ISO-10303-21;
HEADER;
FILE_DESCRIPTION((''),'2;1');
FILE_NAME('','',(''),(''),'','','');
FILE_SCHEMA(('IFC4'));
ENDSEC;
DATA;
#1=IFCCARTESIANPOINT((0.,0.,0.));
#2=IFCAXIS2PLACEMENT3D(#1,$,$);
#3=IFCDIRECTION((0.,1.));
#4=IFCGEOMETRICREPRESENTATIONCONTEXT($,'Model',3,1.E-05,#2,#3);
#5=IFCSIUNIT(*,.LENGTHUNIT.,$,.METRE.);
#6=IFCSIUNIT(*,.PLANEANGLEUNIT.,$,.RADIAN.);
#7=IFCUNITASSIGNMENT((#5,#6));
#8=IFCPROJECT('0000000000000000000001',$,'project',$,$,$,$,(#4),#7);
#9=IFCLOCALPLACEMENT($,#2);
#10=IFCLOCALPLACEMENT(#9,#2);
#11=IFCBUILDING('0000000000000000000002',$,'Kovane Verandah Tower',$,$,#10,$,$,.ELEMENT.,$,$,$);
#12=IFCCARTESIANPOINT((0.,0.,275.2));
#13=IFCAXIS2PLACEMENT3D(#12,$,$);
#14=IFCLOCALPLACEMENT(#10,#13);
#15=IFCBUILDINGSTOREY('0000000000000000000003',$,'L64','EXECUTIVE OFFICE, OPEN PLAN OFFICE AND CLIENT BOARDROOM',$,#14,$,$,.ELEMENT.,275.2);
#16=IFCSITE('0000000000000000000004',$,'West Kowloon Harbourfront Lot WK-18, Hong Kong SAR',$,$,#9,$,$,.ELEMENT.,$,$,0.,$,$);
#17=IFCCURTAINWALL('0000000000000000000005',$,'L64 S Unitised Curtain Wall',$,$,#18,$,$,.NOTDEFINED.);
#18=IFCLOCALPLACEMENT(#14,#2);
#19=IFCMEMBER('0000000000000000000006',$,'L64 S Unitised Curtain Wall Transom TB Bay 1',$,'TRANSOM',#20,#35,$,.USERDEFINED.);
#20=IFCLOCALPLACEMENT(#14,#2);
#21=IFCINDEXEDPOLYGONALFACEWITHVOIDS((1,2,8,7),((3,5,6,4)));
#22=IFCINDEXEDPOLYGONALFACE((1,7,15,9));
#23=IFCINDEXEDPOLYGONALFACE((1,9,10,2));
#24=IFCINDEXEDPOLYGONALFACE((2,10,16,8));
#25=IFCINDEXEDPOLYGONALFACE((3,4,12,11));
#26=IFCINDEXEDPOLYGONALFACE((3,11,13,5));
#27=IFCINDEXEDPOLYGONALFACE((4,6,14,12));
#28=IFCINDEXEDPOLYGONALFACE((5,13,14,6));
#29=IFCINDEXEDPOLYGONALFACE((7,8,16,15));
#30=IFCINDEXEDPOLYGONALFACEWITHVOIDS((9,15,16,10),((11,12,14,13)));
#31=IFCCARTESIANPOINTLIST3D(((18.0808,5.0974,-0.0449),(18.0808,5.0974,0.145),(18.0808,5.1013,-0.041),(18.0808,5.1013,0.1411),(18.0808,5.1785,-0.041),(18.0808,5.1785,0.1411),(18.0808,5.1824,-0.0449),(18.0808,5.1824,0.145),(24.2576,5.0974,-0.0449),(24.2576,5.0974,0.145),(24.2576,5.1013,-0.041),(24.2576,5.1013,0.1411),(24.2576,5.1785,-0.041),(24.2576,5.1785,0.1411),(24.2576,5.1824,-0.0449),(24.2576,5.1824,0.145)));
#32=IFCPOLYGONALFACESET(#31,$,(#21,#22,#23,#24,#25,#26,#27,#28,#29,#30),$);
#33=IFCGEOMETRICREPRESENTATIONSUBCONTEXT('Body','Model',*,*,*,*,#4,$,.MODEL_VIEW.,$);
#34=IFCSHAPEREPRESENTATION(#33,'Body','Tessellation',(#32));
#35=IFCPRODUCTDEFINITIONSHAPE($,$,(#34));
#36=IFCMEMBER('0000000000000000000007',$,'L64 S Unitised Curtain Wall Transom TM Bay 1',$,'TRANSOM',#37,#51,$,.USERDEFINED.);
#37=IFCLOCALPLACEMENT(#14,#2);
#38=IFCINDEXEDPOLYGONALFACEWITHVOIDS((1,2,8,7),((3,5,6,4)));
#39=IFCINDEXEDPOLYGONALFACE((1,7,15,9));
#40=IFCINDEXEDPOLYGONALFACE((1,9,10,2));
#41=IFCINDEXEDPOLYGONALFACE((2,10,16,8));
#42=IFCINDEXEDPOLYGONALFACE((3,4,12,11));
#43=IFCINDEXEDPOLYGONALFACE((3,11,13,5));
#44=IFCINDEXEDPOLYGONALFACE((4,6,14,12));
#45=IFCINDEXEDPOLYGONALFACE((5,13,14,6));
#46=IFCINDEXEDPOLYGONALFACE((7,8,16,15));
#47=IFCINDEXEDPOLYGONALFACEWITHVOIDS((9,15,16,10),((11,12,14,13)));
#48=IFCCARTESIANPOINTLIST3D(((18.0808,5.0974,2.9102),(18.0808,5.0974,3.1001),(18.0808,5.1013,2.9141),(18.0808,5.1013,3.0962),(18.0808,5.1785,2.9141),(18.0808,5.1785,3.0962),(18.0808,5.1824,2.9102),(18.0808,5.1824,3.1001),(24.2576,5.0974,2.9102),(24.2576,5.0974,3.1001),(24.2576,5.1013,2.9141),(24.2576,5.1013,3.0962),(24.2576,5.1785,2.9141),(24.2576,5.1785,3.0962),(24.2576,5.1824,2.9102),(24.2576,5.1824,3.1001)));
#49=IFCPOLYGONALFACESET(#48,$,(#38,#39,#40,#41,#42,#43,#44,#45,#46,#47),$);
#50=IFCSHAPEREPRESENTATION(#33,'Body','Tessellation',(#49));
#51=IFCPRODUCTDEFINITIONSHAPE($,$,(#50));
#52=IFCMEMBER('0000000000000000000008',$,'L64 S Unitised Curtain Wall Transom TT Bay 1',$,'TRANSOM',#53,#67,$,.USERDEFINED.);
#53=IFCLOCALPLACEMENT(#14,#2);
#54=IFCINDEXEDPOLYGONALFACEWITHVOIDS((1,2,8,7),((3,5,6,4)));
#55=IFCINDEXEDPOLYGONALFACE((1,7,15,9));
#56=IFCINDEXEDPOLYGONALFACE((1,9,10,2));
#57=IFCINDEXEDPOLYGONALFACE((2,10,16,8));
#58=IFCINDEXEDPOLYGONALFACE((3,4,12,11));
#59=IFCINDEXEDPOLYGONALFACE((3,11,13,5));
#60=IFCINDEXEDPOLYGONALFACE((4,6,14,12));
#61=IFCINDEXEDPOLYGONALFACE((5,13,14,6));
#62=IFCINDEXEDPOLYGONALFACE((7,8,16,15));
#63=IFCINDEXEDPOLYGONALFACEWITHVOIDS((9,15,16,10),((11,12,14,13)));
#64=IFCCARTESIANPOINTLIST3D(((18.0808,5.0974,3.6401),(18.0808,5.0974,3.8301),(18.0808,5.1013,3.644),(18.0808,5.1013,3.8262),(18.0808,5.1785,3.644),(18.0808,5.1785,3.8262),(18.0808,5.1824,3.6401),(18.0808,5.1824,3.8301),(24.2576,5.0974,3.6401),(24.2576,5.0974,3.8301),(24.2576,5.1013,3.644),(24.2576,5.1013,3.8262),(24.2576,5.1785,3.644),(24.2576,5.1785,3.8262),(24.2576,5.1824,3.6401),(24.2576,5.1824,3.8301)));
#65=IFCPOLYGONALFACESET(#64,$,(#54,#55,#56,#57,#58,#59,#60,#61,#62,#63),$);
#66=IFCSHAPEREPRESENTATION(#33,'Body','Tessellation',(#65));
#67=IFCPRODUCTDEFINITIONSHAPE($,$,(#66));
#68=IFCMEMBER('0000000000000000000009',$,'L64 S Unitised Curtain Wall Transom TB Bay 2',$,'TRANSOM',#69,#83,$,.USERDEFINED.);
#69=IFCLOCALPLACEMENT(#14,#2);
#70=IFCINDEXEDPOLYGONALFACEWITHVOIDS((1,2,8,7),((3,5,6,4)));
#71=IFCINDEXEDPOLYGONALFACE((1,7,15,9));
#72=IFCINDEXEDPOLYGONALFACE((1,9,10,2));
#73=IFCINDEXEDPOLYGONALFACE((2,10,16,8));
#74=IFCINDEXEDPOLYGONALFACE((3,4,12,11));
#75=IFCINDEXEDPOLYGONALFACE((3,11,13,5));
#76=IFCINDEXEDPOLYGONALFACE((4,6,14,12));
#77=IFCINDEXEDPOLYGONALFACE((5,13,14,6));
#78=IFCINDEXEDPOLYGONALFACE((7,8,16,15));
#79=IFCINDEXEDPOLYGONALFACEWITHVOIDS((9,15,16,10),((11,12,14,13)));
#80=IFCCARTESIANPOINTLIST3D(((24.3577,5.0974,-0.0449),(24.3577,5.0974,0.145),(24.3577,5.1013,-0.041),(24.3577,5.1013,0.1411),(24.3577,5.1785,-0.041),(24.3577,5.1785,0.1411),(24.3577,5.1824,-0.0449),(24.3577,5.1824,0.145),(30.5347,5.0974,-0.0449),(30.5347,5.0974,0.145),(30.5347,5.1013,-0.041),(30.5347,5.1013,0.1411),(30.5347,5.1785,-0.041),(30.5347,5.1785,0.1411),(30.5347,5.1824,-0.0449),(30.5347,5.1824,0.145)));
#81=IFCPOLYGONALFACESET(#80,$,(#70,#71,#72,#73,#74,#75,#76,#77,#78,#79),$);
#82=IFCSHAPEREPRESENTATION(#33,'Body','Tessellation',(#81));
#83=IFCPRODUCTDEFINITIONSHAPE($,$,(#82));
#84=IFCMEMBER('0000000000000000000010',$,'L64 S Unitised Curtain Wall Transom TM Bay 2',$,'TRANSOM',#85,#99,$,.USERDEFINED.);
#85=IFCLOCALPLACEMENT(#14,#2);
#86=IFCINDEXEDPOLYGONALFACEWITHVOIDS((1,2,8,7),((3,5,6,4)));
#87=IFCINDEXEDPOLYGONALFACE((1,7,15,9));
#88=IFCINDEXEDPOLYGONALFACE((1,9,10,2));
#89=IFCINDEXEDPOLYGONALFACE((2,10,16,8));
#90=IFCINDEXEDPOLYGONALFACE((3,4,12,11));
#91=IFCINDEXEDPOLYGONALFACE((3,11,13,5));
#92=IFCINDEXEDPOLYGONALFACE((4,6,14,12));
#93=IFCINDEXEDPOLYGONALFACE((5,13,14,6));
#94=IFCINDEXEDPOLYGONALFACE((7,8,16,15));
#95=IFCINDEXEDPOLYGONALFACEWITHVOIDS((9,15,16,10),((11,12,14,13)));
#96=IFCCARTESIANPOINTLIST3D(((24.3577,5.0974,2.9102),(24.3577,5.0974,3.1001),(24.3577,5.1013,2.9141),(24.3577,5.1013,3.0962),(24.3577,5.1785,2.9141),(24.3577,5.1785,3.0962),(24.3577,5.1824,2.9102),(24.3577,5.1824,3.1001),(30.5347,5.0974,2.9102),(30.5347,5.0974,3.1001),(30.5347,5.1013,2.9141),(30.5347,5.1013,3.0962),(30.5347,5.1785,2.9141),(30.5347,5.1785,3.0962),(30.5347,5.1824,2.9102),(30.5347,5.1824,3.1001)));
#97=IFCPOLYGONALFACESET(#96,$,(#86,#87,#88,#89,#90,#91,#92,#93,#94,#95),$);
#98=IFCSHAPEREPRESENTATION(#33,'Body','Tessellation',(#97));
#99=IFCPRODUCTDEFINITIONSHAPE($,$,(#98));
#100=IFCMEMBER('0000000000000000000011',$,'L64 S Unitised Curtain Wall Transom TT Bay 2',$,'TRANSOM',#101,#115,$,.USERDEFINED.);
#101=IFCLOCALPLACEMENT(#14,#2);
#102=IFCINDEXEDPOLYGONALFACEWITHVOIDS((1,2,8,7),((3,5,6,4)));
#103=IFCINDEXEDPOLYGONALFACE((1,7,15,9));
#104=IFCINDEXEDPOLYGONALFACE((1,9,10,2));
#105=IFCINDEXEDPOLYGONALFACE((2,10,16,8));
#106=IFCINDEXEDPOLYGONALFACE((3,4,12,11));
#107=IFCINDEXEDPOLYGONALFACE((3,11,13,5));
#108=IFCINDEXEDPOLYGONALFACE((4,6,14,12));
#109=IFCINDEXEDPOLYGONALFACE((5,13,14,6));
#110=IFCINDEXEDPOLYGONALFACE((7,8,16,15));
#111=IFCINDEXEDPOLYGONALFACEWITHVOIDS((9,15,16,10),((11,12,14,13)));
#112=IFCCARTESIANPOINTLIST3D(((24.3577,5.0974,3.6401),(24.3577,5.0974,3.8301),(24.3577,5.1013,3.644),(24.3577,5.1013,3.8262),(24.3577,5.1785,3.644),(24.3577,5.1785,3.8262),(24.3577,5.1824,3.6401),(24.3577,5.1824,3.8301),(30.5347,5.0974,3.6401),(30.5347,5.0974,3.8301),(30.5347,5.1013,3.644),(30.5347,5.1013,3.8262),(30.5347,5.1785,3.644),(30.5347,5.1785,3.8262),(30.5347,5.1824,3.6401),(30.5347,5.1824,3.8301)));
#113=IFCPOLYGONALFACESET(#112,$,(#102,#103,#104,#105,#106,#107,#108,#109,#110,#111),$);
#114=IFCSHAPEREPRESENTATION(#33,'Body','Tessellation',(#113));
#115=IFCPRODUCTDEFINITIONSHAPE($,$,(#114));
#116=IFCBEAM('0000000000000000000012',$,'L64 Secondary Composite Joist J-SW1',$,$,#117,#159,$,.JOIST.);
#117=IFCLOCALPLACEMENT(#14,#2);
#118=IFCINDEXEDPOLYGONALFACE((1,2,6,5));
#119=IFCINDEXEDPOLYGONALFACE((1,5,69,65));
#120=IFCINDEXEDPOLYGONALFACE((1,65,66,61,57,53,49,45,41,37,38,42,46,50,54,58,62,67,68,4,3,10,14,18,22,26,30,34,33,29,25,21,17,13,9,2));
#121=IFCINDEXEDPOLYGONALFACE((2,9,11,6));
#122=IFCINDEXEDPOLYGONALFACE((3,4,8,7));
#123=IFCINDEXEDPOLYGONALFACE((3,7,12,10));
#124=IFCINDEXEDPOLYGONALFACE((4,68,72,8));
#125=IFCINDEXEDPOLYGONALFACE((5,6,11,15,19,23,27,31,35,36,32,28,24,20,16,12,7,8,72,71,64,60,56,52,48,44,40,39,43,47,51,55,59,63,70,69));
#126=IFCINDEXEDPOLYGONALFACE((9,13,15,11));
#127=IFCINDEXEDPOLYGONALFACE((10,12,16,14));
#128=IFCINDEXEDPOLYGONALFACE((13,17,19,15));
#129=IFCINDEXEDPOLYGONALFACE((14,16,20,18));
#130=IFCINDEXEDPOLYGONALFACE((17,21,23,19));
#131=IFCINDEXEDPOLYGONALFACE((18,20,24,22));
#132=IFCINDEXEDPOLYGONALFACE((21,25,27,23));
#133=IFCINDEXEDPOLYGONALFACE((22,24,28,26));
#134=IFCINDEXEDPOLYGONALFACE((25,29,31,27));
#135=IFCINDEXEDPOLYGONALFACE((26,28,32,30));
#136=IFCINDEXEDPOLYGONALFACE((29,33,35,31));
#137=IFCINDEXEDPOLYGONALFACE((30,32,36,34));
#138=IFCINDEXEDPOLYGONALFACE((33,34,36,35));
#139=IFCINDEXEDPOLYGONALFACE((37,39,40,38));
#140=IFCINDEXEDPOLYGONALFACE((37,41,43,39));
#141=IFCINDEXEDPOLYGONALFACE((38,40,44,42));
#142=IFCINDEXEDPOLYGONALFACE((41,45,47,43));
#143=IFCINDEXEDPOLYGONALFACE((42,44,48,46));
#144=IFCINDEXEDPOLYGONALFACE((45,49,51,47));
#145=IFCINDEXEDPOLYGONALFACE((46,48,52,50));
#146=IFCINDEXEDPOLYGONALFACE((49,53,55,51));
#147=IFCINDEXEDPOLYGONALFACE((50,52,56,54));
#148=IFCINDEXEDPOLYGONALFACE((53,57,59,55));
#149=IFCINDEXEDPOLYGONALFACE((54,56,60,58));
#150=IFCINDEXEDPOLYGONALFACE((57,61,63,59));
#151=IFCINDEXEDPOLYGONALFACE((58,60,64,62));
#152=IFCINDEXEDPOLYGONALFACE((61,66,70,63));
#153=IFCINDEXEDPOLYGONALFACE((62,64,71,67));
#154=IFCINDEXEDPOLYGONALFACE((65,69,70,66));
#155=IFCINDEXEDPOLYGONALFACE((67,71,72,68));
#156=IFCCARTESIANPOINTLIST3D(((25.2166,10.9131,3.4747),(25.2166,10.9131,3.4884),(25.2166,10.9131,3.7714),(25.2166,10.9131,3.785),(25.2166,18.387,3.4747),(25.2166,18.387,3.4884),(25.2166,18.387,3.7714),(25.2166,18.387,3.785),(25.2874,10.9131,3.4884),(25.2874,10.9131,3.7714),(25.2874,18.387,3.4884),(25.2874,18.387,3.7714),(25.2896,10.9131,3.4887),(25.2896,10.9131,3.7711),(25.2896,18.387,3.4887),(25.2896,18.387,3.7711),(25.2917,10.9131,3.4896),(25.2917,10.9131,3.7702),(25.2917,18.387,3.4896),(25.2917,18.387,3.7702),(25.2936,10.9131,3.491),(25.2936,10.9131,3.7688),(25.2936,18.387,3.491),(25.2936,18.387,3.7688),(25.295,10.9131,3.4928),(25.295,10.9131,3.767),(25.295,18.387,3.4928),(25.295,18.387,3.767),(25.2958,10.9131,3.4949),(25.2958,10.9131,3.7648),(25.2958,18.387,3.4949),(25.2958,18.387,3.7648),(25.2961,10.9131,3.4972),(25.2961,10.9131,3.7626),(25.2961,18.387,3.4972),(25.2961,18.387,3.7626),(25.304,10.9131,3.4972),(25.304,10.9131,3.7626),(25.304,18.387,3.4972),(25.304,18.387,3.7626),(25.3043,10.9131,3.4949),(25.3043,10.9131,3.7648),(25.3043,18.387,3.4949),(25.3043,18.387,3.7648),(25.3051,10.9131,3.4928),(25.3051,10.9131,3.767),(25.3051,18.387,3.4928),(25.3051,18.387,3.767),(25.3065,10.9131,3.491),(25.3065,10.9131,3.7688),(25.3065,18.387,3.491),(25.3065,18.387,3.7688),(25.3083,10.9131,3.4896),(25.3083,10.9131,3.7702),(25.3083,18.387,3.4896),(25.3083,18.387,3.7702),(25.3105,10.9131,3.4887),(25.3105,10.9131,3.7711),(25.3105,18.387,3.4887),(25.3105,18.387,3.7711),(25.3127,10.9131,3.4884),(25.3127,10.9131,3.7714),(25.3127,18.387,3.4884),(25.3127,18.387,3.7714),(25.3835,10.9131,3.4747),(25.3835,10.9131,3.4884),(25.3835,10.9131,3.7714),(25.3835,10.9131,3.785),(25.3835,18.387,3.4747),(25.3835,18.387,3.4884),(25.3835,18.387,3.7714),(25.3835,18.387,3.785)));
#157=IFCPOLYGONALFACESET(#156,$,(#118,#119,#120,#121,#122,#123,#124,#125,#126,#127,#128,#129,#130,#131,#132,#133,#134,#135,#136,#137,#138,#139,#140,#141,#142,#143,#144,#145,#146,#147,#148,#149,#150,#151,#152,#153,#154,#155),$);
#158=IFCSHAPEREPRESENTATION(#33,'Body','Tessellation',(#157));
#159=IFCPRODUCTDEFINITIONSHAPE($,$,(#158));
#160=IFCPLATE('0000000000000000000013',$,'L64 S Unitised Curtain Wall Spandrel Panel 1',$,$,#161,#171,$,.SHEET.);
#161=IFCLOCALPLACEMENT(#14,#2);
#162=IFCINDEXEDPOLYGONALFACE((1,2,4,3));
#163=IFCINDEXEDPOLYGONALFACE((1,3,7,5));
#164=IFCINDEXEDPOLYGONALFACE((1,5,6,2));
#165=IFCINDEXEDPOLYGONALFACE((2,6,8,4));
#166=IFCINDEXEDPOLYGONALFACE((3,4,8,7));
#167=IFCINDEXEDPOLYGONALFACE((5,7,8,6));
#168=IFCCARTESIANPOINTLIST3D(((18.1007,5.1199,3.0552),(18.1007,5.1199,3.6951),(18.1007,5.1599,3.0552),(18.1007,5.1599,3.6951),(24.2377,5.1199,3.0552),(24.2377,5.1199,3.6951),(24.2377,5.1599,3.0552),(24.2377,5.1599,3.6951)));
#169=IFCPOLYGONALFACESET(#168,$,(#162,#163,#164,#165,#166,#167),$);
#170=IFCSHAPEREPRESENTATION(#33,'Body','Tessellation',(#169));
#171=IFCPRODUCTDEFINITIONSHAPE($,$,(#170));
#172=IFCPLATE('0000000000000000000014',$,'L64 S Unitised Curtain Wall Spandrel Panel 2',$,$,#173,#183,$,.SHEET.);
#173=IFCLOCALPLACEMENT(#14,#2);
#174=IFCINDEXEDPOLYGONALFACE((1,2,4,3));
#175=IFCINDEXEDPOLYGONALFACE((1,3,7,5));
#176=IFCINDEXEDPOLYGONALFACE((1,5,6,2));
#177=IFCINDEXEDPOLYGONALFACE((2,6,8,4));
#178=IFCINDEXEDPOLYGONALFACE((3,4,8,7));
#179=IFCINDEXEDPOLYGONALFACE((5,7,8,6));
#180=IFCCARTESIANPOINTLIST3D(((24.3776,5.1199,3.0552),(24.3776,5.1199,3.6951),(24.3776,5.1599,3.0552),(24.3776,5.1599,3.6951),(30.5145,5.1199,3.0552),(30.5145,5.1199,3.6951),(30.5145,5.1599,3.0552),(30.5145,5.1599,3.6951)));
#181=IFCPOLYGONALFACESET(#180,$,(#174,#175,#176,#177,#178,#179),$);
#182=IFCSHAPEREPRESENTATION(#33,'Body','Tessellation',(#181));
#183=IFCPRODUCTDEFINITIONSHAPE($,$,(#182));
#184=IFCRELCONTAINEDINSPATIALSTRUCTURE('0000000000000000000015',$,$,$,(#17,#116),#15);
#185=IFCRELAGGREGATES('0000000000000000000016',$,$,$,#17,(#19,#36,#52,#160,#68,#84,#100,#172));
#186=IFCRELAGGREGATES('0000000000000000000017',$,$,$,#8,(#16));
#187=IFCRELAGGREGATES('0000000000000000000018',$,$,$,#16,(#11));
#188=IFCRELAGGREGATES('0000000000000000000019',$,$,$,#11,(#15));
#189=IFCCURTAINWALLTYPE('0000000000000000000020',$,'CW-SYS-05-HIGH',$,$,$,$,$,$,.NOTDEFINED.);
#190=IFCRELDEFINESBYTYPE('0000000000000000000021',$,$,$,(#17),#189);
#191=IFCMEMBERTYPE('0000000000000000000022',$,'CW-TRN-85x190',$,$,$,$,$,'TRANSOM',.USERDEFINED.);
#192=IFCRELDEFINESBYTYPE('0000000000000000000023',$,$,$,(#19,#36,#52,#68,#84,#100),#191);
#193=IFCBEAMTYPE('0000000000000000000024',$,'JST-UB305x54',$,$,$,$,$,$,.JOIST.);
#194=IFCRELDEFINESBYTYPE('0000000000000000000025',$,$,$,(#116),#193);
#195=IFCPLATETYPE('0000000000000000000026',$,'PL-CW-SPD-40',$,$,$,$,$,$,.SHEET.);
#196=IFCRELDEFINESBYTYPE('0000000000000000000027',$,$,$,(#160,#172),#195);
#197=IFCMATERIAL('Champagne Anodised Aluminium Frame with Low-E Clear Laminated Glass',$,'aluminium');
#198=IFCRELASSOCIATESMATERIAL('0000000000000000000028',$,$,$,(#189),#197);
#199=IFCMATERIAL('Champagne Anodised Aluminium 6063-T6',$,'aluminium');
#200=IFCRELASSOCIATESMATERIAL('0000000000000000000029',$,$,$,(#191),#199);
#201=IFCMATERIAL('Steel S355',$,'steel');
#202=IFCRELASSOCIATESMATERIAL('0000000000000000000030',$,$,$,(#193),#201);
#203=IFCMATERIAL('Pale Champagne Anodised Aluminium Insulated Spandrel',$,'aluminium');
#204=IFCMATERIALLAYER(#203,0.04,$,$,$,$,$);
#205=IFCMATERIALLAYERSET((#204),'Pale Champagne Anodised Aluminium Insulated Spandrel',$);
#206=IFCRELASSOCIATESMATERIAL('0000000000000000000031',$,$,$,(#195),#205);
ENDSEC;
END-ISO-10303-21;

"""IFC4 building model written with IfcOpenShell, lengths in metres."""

from ifc_helpers import new_model, si_unit, direction, frame, origin, origin_2d, place, context, subcontext, project, spatial, rectangle, hollow_rectangle, i_section, extrude, material, layer, layer_set, material_profile, profile_set, type_object, element, aggregate, save


model = new_model("IFC4")

# Units and contexts
model_context = context("Model", 3, precision=1e-05, world=origin(), true_north=direction((0.0, 1.0)))
body_context = subcontext(model_context, "Body", "Model", "MODEL_VIEW")
ifc_project = project(units=[si_unit("LENGTHUNIT", "METRE"), si_unit("PLANEANGLEUNIT", "RADIAN")], contexts=[model_context])

# Site, building, storey
site_placement = place(None, origin())
site = spatial("IfcSite", under=ifc_project, at=site_placement, Name="West Kowloon Harbourfront Lot WK-18, Hong Kong SAR", CompositionType="ELEMENT", RefElevation=0.0)
building_placement = place(site_placement, origin())
building = spatial("IfcBuilding", under=site, at=building_placement, Name="Kovane Verandah Tower", CompositionType="ELEMENT")
storey_placement = place(building_placement, frame((0.0, 0.0, 275.2)))
storey = spatial("IfcBuildingStorey", under=building, at=storey_placement, Name="L64", Description="EXECUTIVE OFFICE, OPEN PLAN OFFICE AND CLIENT BOARDROOM", CompositionType="ELEMENT", Elevation=275.2)

# Shared definitions
ifc_material_1 = material(Name="Steel S355", Category="steel")

# Curtain wall, members
ifc_material_2 = material(Name="Champagne Anodised Aluminium Frame with Low-E Clear Laminated Glass", Category="aluminium")
curtain_wall_type = type_object("IfcCurtainWallType", Name="CW-SYS-05-HIGH", PredefinedType="NOTDEFINED", material=ifc_material_2)
curtain_wall_placement = place(storey_placement, origin())
curtain_wall = element("IfcCurtainWall", 1, at=curtain_wall_placement, inside=storey, type_object=curtain_wall_type, Name="L64 S Unitised Curtain Wall", PredefinedType="NOTDEFINED")
ifc_material_3 = material(Name="Champagne Anodised Aluminium 6063-T6", Category="aluminium")
ifc_material_profile_1 = material_profile(ifc_material_3, hollow_rectangle(XDim=0.085, YDim=0.1899, WallThickness=0.0039, at=origin_2d()), Name="AL85x190x4")
ifc_profile_set_1 = profile_set([ifc_material_profile_1], Name="Champagne Anodised Aluminium 6063-T6")
member_type_1 = type_object("IfcMemberType", Name="CW-TRN-85x190", ElementType="TRANSOM", PredefinedType="USERDEFINED", material=ifc_profile_set_1)
member_1_placement = place(storey_placement, frame((18.0808, 5.1399, 0.05), z_axis=(1.0, 0.0, 0.0), x_axis=(0.0, 1.0, 0.0)))
member_1 = element("IfcMember", 2, at=member_1_placement, type_object=member_type_1, Name="L64 S Unitised Curtain Wall Transom TB Bay 1", ObjectType="TRANSOM", PredefinedType="USERDEFINED", context=body_context, shape_type="SweptSolid", body=[
    extrude(hollow_rectangle(XDim=0.085, YDim=0.1899, WallThickness=0.0039, at=origin_2d()), origin(), (0.0, 0.0, 1.0), 6.1768),
])
member_2_placement = place(storey_placement, frame((18.0808, 5.1399, 3.0051), z_axis=(1.0, 0.0, 0.0), x_axis=(0.0, 1.0, 0.0)))
member_2 = element("IfcMember", 3, at=member_2_placement, type_object=member_type_1, Name="L64 S Unitised Curtain Wall Transom TM Bay 1", ObjectType="TRANSOM", PredefinedType="USERDEFINED", context=body_context, shape_type="SweptSolid", body=[
    extrude(hollow_rectangle(XDim=0.085, YDim=0.1899, WallThickness=0.0039, at=origin_2d()), origin(), (0.0, 0.0, 1.0), 6.1768),
])
member_3_placement = place(storey_placement, frame((18.0808, 5.1399, 3.7351), z_axis=(1.0, 0.0, 0.0), x_axis=(0.0, 1.0, 0.0)))
member_3 = element("IfcMember", 4, at=member_3_placement, type_object=member_type_1, Name="L64 S Unitised Curtain Wall Transom TT Bay 1", ObjectType="TRANSOM", PredefinedType="USERDEFINED", context=body_context, shape_type="SweptSolid", body=[
    extrude(hollow_rectangle(XDim=0.085, YDim=0.1899, WallThickness=0.0039, at=origin_2d()), origin(), (0.0, 0.0, 1.0), 6.1768),
])
member_4_placement = place(storey_placement, frame((24.3577, 5.1399, 0.05), z_axis=(1.0, 0.0, 0.0), x_axis=(0.0, 1.0, 0.0)))
member_4 = element("IfcMember", 5, at=member_4_placement, type_object=member_type_1, Name="L64 S Unitised Curtain Wall Transom TB Bay 2", ObjectType="TRANSOM", PredefinedType="USERDEFINED", context=body_context, shape_type="SweptSolid", body=[
    extrude(hollow_rectangle(XDim=0.085, YDim=0.1899, WallThickness=0.0039, at=origin_2d()), origin(), (0.0, 0.0, 1.0), 6.177),
])
member_5_placement = place(storey_placement, frame((24.3577, 5.1399, 3.0051), z_axis=(1.0, 0.0, 0.0), x_axis=(0.0, 1.0, 0.0)))
member_5 = element("IfcMember", 6, at=member_5_placement, type_object=member_type_1, Name="L64 S Unitised Curtain Wall Transom TM Bay 2", ObjectType="TRANSOM", PredefinedType="USERDEFINED", context=body_context, shape_type="SweptSolid", body=[
    extrude(hollow_rectangle(XDim=0.085, YDim=0.1899, WallThickness=0.0039, at=origin_2d()), origin(), (0.0, 0.0, 1.0), 6.177),
])
member_6_placement = place(storey_placement, frame((24.3577, 5.1399, 3.7351), z_axis=(1.0, 0.0, 0.0), x_axis=(0.0, 1.0, 0.0)))
member_6 = element("IfcMember", 7, at=member_6_placement, type_object=member_type_1, Name="L64 S Unitised Curtain Wall Transom TT Bay 2", ObjectType="TRANSOM", PredefinedType="USERDEFINED", context=body_context, shape_type="SweptSolid", body=[
    extrude(hollow_rectangle(XDim=0.085, YDim=0.1899, WallThickness=0.0039, at=origin_2d()), origin(), (0.0, 0.0, 1.0), 6.177),
])

# Beam
ifc_material_profile_2 = material_profile(ifc_material_1, i_section(OverallWidth=0.167, OverallDepth=0.3103, WebThickness=0.0078, FlangeThickness=0.0137, FilletRadius=0.0088, at=origin_2d()), Name="UB305x165x54")
ifc_profile_set_2 = profile_set([ifc_material_profile_2], Name="Steel S355")
beam_type_1 = type_object("IfcBeamType", Name="JST-UB305x54", PredefinedType="JOIST", material=ifc_profile_set_2)
beam_1_placement = place(storey_placement, frame((25.3, 10.9131, 3.6299), z_axis=(0.0, 1.0, 0.0), x_axis=(-1.0, 0.0, 0.0)))
element("IfcBeam", 8, at=beam_1_placement, inside=storey, type_object=beam_type_1, Name="L64 Secondary Composite Joist J-SW1", PredefinedType="JOIST", context=body_context, shape_type="SweptSolid", body=[
    extrude(i_section(OverallWidth=0.167, OverallDepth=0.3103, WebThickness=0.0078, FlangeThickness=0.0137, FilletRadius=0.0088, at=origin_2d()), origin(), (0.0, 0.0, 1.0), 7.4739),
])

# Plates
ifc_material_4 = material(Name="Pale Champagne Anodised Aluminium Insulated Spandrel", Category="aluminium")
ifc_layer_1 = layer(ifc_material_4, 0.04)
ifc_layer_set_1 = layer_set([ifc_layer_1], Name="Pale Champagne Anodised Aluminium Insulated Spandrel")
plate_type_1 = type_object("IfcPlateType", Name="PL-CW-SPD-40", PredefinedType="SHEET", material=ifc_layer_set_1)
plate_1_placement = place(storey_placement, frame((21.1692, 5.1399, 3.0552), z_axis=(0.0, 0.0, 1.0), x_axis=(1.0, 0.0, 0.0)))
plate_1 = element("IfcPlate", 9, at=plate_1_placement, type_object=plate_type_1, Name="L64 S Unitised Curtain Wall Spandrel Panel 1", PredefinedType="SHEET", context=body_context, shape_type="SweptSolid", body=[
    extrude(rectangle(XDim=6.137, YDim=0.04, at=origin_2d()), origin(), (0.0, 0.0, 1.0), 0.6399),
])
plate_2_placement = place(storey_placement, frame((27.446, 5.1399, 3.0552), z_axis=(0.0, 0.0, 1.0), x_axis=(1.0, 0.0, 0.0)))
plate_2 = element("IfcPlate", 10, at=plate_2_placement, type_object=plate_type_1, Name="L64 S Unitised Curtain Wall Spandrel Panel 2", PredefinedType="SHEET", context=body_context, shape_type="SweptSolid", body=[
    extrude(rectangle(XDim=6.137, YDim=0.04, at=origin_2d()), origin(), (0.0, 0.0, 1.0), 0.6399),
])
aggregate(curtain_wall, [member_1, member_2, member_3, plate_1, member_4, member_5, member_6, plate_2])

save(model, "model.ifc")
